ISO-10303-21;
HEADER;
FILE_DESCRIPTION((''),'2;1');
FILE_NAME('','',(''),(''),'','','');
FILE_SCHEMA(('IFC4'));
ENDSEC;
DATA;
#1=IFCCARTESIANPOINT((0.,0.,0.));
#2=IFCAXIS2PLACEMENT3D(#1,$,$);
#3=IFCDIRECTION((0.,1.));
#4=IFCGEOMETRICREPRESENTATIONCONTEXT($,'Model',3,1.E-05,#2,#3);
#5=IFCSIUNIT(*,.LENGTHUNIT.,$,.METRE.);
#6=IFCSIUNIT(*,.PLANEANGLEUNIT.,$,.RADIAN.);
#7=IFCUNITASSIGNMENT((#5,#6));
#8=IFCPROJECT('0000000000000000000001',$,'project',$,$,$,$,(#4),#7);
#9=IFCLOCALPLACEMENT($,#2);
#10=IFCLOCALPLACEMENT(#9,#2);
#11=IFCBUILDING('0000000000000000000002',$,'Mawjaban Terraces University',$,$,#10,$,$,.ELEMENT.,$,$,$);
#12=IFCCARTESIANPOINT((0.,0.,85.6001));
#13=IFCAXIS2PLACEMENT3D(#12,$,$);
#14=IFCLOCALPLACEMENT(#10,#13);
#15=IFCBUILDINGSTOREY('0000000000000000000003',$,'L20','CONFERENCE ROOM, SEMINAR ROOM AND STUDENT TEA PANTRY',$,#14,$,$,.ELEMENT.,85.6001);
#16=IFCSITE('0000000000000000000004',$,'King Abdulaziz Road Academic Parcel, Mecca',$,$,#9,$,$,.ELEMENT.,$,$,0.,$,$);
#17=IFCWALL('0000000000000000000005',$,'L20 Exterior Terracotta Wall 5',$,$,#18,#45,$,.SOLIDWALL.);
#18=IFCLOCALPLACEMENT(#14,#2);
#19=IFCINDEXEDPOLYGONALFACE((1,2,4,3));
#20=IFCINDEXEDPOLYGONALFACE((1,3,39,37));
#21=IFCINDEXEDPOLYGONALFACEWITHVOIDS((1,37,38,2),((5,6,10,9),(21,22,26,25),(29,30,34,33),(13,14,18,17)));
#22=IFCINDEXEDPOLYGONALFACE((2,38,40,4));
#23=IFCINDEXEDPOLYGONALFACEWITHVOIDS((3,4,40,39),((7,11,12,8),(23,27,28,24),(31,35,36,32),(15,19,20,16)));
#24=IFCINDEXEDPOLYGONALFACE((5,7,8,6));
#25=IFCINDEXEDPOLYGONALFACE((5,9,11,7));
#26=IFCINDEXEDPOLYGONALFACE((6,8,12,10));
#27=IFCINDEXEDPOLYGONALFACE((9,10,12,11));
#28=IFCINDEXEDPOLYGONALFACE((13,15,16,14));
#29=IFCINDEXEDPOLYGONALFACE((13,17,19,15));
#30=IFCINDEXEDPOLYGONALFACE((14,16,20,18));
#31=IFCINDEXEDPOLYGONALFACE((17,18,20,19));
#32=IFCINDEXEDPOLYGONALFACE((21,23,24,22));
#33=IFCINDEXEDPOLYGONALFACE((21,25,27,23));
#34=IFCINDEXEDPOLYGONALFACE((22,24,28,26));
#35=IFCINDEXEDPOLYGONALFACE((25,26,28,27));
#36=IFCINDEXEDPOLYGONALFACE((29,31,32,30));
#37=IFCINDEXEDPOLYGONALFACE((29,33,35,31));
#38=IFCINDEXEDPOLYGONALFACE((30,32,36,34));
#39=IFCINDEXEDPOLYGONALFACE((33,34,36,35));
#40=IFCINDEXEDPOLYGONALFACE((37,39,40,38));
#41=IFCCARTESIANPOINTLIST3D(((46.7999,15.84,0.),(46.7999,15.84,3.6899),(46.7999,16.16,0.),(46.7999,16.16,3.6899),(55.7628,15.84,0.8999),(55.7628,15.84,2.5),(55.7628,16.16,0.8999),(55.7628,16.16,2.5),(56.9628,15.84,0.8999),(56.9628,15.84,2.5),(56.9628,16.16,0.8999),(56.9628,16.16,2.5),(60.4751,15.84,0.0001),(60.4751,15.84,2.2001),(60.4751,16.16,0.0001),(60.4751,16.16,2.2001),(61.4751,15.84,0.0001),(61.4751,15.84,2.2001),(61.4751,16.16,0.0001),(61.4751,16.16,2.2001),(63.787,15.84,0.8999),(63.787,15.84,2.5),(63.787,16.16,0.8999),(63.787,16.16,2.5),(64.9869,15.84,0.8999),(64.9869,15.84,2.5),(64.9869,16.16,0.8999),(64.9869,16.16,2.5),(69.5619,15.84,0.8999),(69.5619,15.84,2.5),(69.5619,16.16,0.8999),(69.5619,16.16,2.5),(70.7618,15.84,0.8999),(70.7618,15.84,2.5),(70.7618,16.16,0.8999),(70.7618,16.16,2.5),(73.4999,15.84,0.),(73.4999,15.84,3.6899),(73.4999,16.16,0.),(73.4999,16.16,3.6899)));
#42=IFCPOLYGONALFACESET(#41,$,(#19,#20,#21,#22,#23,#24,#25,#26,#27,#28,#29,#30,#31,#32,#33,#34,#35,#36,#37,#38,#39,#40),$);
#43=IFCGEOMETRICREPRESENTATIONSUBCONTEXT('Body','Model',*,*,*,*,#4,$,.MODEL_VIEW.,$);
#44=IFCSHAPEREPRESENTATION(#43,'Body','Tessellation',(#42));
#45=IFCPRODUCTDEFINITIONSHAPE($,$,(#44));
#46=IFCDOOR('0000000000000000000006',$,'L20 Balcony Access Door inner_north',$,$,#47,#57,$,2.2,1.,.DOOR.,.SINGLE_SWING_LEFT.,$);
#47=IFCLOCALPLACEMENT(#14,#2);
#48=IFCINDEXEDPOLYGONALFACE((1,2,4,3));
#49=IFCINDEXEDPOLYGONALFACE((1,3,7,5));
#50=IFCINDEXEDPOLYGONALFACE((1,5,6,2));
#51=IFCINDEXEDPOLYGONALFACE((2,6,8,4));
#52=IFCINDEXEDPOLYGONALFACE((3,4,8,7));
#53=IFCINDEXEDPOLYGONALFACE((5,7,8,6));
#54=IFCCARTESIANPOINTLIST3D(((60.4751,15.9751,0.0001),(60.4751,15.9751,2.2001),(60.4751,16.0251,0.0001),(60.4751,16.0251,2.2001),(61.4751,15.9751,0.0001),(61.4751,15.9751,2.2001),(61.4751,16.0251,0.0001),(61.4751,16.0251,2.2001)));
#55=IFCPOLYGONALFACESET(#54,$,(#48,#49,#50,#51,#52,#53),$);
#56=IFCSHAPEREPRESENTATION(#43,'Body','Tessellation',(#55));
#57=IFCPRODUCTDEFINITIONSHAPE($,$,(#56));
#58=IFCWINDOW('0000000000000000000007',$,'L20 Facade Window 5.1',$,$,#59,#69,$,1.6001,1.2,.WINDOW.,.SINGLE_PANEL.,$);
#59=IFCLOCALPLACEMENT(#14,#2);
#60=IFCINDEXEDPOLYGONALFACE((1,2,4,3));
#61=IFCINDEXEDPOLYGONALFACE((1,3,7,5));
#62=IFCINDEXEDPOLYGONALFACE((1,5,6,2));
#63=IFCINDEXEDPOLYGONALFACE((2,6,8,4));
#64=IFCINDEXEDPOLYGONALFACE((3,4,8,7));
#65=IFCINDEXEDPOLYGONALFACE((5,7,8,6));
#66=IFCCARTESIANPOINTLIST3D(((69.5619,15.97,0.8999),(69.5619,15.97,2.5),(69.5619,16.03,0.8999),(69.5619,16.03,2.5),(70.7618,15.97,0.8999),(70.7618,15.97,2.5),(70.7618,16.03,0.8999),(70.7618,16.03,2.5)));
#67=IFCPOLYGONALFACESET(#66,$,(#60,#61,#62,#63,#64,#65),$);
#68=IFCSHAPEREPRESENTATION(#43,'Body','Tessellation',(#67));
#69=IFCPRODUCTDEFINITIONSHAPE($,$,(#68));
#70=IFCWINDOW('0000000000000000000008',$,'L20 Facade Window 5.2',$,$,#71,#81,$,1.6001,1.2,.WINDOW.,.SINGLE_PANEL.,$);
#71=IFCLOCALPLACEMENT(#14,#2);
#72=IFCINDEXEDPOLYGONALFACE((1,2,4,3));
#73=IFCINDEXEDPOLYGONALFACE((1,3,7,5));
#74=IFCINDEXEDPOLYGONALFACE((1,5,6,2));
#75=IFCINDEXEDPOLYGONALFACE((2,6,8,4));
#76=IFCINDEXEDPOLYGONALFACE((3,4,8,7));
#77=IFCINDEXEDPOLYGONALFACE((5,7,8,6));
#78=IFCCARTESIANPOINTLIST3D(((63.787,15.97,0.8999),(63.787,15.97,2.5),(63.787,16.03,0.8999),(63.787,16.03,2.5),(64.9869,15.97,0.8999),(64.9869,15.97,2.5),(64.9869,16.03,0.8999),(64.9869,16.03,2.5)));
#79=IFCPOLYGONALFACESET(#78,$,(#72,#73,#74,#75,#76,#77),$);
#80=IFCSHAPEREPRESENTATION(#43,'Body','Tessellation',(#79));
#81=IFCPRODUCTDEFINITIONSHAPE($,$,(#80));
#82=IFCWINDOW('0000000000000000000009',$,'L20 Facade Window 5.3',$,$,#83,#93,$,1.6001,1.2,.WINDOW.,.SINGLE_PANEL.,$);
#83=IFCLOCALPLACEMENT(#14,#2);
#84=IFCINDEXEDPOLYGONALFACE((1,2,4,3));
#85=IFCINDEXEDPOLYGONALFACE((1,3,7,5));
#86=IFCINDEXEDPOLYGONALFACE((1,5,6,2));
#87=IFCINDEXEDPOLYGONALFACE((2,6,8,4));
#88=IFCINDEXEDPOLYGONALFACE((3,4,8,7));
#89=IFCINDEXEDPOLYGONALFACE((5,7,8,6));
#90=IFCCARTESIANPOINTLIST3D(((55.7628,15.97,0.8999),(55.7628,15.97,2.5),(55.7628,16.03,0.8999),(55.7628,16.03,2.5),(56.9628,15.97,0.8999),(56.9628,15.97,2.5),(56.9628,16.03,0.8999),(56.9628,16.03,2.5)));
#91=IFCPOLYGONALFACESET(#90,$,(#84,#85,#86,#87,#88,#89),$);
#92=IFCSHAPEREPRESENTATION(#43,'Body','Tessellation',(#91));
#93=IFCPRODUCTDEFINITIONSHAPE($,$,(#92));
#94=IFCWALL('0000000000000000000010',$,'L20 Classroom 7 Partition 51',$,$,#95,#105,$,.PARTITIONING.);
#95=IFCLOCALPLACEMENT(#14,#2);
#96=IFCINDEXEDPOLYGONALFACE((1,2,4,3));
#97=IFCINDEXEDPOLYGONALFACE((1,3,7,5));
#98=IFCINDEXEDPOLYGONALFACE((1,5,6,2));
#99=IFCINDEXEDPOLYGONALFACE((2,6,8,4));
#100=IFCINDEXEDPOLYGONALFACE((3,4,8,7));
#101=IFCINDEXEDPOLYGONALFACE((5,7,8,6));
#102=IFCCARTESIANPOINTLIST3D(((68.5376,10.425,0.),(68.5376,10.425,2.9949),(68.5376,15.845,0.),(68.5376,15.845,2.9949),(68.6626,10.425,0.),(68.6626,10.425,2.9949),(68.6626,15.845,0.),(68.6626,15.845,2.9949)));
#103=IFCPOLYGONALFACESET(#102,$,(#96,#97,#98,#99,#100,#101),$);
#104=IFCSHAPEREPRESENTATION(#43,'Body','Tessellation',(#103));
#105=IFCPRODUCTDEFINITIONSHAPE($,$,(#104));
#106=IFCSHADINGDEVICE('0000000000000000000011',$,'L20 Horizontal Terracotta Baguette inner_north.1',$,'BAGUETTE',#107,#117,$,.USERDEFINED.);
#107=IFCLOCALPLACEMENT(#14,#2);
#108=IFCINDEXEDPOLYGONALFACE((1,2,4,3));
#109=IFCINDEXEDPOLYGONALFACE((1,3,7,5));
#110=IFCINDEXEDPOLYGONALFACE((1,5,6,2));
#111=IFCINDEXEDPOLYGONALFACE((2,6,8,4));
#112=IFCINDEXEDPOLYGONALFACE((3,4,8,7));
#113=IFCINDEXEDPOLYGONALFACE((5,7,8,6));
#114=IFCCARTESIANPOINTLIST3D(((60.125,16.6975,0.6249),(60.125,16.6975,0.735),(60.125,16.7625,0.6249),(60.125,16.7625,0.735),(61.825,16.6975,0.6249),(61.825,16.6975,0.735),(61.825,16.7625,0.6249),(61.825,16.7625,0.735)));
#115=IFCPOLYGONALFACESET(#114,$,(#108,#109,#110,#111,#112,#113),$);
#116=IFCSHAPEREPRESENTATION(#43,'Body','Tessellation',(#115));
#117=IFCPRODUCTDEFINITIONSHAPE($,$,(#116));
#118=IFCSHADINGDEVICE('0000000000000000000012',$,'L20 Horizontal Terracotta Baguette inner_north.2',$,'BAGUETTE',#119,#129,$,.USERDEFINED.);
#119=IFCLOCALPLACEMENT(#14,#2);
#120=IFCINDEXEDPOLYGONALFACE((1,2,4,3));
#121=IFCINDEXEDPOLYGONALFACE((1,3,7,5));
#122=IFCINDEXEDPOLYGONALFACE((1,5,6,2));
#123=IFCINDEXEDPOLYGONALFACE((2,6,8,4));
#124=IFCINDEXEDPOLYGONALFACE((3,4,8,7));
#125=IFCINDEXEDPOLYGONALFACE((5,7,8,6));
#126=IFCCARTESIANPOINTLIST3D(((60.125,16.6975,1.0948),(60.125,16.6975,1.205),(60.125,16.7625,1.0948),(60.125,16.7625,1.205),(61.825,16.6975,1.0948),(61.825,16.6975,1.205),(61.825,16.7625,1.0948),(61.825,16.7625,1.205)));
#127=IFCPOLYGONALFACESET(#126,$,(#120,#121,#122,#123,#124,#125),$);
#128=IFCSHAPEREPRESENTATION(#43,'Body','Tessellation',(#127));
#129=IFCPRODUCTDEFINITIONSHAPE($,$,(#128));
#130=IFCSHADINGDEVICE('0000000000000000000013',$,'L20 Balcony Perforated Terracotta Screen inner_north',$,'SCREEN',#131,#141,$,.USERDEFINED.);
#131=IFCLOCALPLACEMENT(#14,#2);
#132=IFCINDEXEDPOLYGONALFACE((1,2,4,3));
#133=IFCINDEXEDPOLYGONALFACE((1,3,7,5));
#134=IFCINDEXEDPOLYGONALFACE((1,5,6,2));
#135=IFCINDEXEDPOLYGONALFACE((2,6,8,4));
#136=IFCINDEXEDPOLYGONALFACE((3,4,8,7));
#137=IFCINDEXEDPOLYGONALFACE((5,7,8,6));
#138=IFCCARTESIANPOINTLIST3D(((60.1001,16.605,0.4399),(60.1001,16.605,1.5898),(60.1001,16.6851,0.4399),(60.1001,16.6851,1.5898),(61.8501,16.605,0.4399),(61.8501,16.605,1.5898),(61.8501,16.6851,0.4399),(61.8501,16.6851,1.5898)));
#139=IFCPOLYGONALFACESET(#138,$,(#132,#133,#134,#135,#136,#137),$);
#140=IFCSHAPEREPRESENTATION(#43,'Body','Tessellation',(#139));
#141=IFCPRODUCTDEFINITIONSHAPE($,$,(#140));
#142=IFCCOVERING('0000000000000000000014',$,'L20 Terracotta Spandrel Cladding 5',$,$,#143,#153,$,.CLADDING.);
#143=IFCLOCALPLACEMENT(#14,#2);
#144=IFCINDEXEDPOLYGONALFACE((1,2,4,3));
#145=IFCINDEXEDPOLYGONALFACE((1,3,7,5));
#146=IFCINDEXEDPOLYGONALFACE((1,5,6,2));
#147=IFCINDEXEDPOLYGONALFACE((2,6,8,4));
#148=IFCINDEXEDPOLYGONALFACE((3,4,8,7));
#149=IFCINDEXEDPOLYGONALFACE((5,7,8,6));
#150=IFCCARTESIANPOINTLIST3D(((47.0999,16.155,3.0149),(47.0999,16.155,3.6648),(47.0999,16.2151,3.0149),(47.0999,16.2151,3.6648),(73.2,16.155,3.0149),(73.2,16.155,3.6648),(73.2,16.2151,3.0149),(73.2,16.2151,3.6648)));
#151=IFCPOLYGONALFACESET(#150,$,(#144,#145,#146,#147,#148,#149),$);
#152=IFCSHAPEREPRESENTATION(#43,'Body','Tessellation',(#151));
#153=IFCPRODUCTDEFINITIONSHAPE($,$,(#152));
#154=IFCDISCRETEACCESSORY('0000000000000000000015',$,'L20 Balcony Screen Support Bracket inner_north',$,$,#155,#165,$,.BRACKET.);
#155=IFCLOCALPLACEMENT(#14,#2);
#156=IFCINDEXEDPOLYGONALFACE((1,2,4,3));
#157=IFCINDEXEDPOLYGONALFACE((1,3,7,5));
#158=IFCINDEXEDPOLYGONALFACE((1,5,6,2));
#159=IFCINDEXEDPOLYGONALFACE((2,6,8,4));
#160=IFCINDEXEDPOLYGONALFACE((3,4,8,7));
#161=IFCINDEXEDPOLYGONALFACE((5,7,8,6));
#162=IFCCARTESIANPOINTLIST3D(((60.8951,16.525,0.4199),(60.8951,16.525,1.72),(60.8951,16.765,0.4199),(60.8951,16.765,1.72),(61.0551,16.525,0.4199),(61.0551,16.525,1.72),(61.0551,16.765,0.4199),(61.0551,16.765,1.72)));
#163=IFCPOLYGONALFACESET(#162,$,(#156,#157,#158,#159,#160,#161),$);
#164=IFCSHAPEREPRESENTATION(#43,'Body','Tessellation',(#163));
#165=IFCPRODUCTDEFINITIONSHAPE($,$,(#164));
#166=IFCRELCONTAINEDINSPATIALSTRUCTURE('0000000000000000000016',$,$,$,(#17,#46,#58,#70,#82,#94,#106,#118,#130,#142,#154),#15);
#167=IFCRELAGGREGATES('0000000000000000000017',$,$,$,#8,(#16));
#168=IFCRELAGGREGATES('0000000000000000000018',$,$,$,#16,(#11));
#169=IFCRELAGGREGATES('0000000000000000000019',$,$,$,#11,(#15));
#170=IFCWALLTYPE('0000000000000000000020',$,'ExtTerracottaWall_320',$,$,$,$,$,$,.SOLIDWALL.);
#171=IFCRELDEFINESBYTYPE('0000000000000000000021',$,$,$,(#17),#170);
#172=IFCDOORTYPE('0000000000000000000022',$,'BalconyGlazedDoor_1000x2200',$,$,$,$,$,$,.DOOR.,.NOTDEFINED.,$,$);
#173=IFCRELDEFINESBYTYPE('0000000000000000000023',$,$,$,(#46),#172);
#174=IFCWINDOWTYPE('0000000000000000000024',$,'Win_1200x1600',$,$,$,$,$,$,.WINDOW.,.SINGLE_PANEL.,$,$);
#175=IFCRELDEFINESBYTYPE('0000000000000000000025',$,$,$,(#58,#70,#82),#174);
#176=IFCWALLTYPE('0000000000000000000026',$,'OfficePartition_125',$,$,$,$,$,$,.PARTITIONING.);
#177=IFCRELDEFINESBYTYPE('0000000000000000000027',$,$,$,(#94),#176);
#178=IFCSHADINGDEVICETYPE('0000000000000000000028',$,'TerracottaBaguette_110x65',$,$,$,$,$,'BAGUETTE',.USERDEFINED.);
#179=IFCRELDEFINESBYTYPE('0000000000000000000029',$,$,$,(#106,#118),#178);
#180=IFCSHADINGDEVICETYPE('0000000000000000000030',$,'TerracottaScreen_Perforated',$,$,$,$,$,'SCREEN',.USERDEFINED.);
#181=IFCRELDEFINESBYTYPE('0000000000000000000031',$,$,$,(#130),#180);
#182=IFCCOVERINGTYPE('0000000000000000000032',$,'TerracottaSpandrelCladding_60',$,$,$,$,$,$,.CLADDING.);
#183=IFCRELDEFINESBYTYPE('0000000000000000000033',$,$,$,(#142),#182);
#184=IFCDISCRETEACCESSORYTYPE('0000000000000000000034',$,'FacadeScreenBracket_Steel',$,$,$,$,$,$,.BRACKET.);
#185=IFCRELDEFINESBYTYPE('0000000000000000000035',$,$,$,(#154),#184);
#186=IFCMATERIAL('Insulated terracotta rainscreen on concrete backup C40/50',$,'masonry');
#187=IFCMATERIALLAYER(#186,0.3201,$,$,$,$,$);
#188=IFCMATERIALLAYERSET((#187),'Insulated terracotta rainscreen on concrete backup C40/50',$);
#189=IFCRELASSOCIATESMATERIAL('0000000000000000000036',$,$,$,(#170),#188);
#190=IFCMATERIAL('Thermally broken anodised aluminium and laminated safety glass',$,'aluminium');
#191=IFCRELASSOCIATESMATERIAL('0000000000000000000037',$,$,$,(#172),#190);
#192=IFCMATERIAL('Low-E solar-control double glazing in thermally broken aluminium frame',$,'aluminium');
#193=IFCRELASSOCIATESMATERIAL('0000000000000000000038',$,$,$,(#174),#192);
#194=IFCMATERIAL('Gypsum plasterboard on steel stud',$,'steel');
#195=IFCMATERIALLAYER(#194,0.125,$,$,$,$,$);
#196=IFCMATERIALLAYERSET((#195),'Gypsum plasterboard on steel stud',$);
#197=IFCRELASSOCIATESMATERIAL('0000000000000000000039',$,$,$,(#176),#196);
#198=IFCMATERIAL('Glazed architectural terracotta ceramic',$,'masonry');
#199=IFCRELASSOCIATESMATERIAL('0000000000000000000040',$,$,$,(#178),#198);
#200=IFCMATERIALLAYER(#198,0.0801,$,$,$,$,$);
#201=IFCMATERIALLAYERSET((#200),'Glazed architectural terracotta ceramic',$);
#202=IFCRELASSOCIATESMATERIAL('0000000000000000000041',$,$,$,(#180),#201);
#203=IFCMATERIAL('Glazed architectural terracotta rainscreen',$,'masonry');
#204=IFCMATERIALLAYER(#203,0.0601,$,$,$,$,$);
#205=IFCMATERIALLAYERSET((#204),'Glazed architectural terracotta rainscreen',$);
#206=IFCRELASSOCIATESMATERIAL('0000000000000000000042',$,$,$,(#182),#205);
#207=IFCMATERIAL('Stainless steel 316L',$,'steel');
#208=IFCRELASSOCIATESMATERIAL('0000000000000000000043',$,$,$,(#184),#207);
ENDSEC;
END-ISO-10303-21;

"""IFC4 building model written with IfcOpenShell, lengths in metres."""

from ifc_helpers import new_model, si_unit, direction, frame, frame_2d, origin, origin_2d, place, context, subcontext, project, spatial, rectangle, extrude, material, layer, layer_set, material_profile, profile_set, type_object, element, fill, save


model = new_model("IFC4")

# Units and contexts
model_context = context("Model", 3, precision=1e-05, world=origin(), true_north=direction((0.0, 1.0)))
body_context = subcontext(model_context, "Body", "Model", "MODEL_VIEW")
ifc_project = project(units=[si_unit("LENGTHUNIT", "METRE"), si_unit("PLANEANGLEUNIT", "RADIAN")], contexts=[model_context])

# Site, building, storey
site_placement = place(None, origin())
site = spatial("IfcSite", under=ifc_project, at=site_placement, Name="King Abdulaziz Road Academic Parcel, Mecca", CompositionType="ELEMENT", RefElevation=0.0)
building_placement = place(site_placement, origin())
building = spatial("IfcBuilding", under=site, at=building_placement, Name="Mawjaban Terraces University", CompositionType="ELEMENT")
storey_placement = place(building_placement, frame((0.0, 0.0, 85.6001)))
storey = spatial("IfcBuildingStorey", under=building, at=storey_placement, Name="L20", Description="CONFERENCE ROOM, SEMINAR ROOM AND STUDENT TEA PANTRY", CompositionType="ELEMENT", Elevation=85.6001)

# Shared definitions
ifc_material_1 = material(Name="Insulated terracotta rainscreen on concrete backup C40/50", Category="masonry")
ifc_layer_1 = layer(ifc_material_1, 0.3201)
ifc_layer_set_1 = layer_set([ifc_layer_1], Name="Insulated terracotta rainscreen on concrete backup C40/50")
wall_type_1 = type_object("IfcWallType", Name="ExtTerracottaWall_320", PredefinedType="SOLIDWALL", material=ifc_layer_set_1)

# Wall, openings, door, windows
wall_1_placement = place(storey_placement, frame((73.5, 16.0, 0.0), z_axis=(0.0, 0.0, 1.0), x_axis=(-1.0, 0.0, 0.0)))
wall_1 = element("IfcWall", 1, at=wall_1_placement, inside=storey, type_object=wall_type_1, Name="L20 Exterior Terracotta Wall 5", PredefinedType="SOLIDWALL", context=body_context, shape_type="SweptSolid", body=[
    extrude(rectangle(XDim=26.7, YDim=0.3201, at=frame_2d((13.3501, 0.0))), origin(), (0.0, 0.0, 1.0), 3.6899),
])
opening_1_placement = place(wall_1_placement, frame((12.0249, 0.0, 0.0)))
opening_1 = element("IfcOpeningElement", 2, at=opening_1_placement, cuts=wall_1, PredefinedType="OPENING", context=body_context, shape_type="SweptSolid", body=[
    extrude(rectangle(XDim=1.0, YDim=2.2, at=frame_2d((0.5, 1.1001))), frame((0.0, 0.1699, 0.0), z_axis=(0.0, -1.0, 0.0), x_axis=(1.0, 0.0, 0.0)), (0.0, 0.0, 1.0), 0.3401),
])
opening_2_placement = place(wall_1_placement, frame((2.738, 0.0, 0.8999)))
opening_2 = element("IfcOpeningElement", 3, at=opening_2_placement, cuts=wall_1, PredefinedType="OPENING", context=body_context, shape_type="SweptSolid", body=[
    extrude(rectangle(XDim=1.2, YDim=1.6001, at=frame_2d((0.6001, 0.8))), frame((0.0, 0.1699, 0.0), z_axis=(0.0, -1.0, 0.0), x_axis=(1.0, 0.0, 0.0)), (0.0, 0.0, 1.0), 0.3401),
])
opening_3_placement = place(wall_1_placement, frame((8.5129, 0.0, 0.8999)))
opening_3 = element("IfcOpeningElement", 4, at=opening_3_placement, cuts=wall_1, PredefinedType="OPENING", context=body_context, shape_type="SweptSolid", body=[
    extrude(rectangle(XDim=1.2, YDim=1.6001, at=frame_2d((0.6001, 0.8))), frame((0.0, 0.1699, 0.0), z_axis=(0.0, -1.0, 0.0), x_axis=(1.0, 0.0, 0.0)), (0.0, 0.0, 1.0), 0.3401),
])
opening_4_placement = place(wall_1_placement, frame((16.5371, 0.0, 0.8999)))
opening_4 = element("IfcOpeningElement", 5, at=opening_4_placement, cuts=wall_1, PredefinedType="OPENING", context=body_context, shape_type="SweptSolid", body=[
    extrude(rectangle(XDim=1.2, YDim=1.6001, at=frame_2d((0.6001, 0.8))), frame((0.0, 0.1699, 0.0), z_axis=(0.0, -1.0, 0.0), x_axis=(1.0, 0.0, 0.0)), (0.0, 0.0, 1.0), 0.3401),
])
ifc_material_2 = material(Name="Thermally broken anodised aluminium and laminated safety glass", Category="aluminium")
door_type = type_object("IfcDoorType", Name="BalconyGlazedDoor_1000x2200", OperationType="NOTDEFINED", PredefinedType="DOOR", material=ifc_material_2)
door_placement = place(opening_1_placement, origin())
door = element("IfcDoor", 6, at=door_placement, inside=storey, type_object=door_type, Name="L20 Balcony Access Door inner_north", OperationType="SINGLE_SWING_LEFT", OverallHeight=2.2, OverallWidth=1.0, PredefinedType="DOOR", context=body_context, shape_type="SweptSolid", body=[
    extrude(rectangle(XDim=1.0, YDim=2.2, at=frame_2d((0.5, 1.1001))), frame((0.0, 0.0249, 0.0), z_axis=(0.0, -1.0, 0.0), x_axis=(1.0, 0.0, 0.0)), (0.0, 0.0, 1.0), 0.05),
])
fill(opening_1, door)
ifc_material_3 = material(Name="Low-E solar-control double glazing in thermally broken aluminium frame", Category="aluminium")
window_type = type_object("IfcWindowType", Name="Win_1200x1600", PartitioningType="SINGLE_PANEL", PredefinedType="WINDOW", material=ifc_material_3)
window_1_placement = place(opening_2_placement, origin())
window_1 = element("IfcWindow", 7, at=window_1_placement, inside=storey, type_object=window_type, Name="L20 Facade Window 5.1", OverallHeight=1.6001, OverallWidth=1.2, PartitioningType="SINGLE_PANEL", PredefinedType="WINDOW", context=body_context, shape_type="SweptSolid", body=[
    extrude(rectangle(XDim=1.2, YDim=1.6001, at=frame_2d((0.6001, 0.8))), frame((0.0, 0.03, 0.0), z_axis=(0.0, -1.0, 0.0), x_axis=(1.0, 0.0, 0.0)), (0.0, 0.0, 1.0), 0.0601),
])
fill(opening_2, window_1)
window_2_placement = place(opening_3_placement, origin())
window_2 = element("IfcWindow", 8, at=window_2_placement, inside=storey, type_object=window_type, Name="L20 Facade Window 5.2", OverallHeight=1.6001, OverallWidth=1.2, PartitioningType="SINGLE_PANEL", PredefinedType="WINDOW", context=body_context, shape_type="SweptSolid", body=[
    extrude(rectangle(XDim=1.2, YDim=1.6001, at=frame_2d((0.6001, 0.8))), frame((0.0, 0.03, 0.0), z_axis=(0.0, -1.0, 0.0), x_axis=(1.0, 0.0, 0.0)), (0.0, 0.0, 1.0), 0.0601),
])
fill(opening_3, window_2)
window_3_placement = place(opening_4_placement, origin())
window_3 = element("IfcWindow", 9, at=window_3_placement, inside=storey, type_object=window_type, Name="L20 Facade Window 5.3", OverallHeight=1.6001, OverallWidth=1.2, PartitioningType="SINGLE_PANEL", PredefinedType="WINDOW", context=body_context, shape_type="SweptSolid", body=[
    extrude(rectangle(XDim=1.2, YDim=1.6001, at=frame_2d((0.6001, 0.8))), frame((0.0, 0.03, 0.0), z_axis=(0.0, -1.0, 0.0), x_axis=(1.0, 0.0, 0.0)), (0.0, 0.0, 1.0), 0.0601),
])
fill(opening_4, window_3)

# Wall
ifc_material_4 = material(Name="Gypsum plasterboard on steel stud", Category="steel")
ifc_layer_2 = layer(ifc_material_4, 0.125)
ifc_layer_set_2 = layer_set([ifc_layer_2], Name="Gypsum plasterboard on steel stud")
wall_type_2 = type_object("IfcWallType", Name="OfficePartition_125", PredefinedType="PARTITIONING", material=ifc_layer_set_2)
wall_2_placement = place(storey_placement, frame((68.6001, 10.425, 0.0), z_axis=(0.0, 0.0, 1.0), x_axis=(0.0, 1.0, 0.0)))
element("IfcWall", 10, at=wall_2_placement, inside=storey, type_object=wall_type_2, Name="L20 Classroom 7 Partition 51", PredefinedType="PARTITIONING", context=body_context, shape_type="SweptSolid", body=[
    extrude(rectangle(XDim=5.4199, YDim=0.125, at=frame_2d((2.71, 0.0))), origin(), (0.0, 0.0, 1.0), 2.9949),
])

# Shading devices
ifc_material_5 = material(Name="Glazed architectural terracotta ceramic", Category="masonry")
ifc_material_profile_1 = material_profile(ifc_material_5, rectangle(XDim=0.0649, YDim=0.1101, at=origin_2d()), Name="TBAG110X65")
ifc_profile_set_1 = profile_set([ifc_material_profile_1], Name="Glazed architectural terracotta ceramic")
shading_device_type_1 = type_object("IfcShadingDeviceType", Name="TerracottaBaguette_110x65", ElementType="BAGUETTE", PredefinedType="USERDEFINED", material=ifc_profile_set_1)
for number, where, z_axis, x_axis, name in (
    (11, (60.125, 16.73, 0.6799), (1.0, 0.0, 0.0), (0.0, 1.0, 0.0), "L20 Horizontal Terracotta Baguette inner_north.1"),
    (12, (60.125, 16.73, 1.1499), (1.0, 0.0, 0.0), (0.0, 1.0, 0.0), "L20 Horizontal Terracotta Baguette inner_north.2"),
):
    element("IfcShadingDevice", number, at=place(storey_placement, frame(where, z_axis=z_axis, x_axis=x_axis)), inside=storey, type_object=shading_device_type_1, Name=name, ObjectType="BAGUETTE", PredefinedType="USERDEFINED", context=body_context, shape_type="SweptSolid", body=[
        extrude(rectangle(XDim=0.0649, YDim=0.1101, at=origin_2d()), origin(), (0.0, 0.0, 1.0), 1.7),
    ])
ifc_layer_3 = layer(ifc_material_5, 0.0801)
ifc_layer_set_3 = layer_set([ifc_layer_3], Name="Glazed architectural terracotta ceramic")
shading_device_type_2 = type_object("IfcShadingDeviceType", Name="TerracottaScreen_Perforated", ElementType="SCREEN", PredefinedType="USERDEFINED", material=ifc_layer_set_3)
shading_device_placement = place(storey_placement, frame((60.9751, 16.645, 0.4399), z_axis=(0.0, 0.0, 1.0), x_axis=(1.0, 0.0, 0.0)))
element("IfcShadingDevice", 13, at=shading_device_placement, inside=storey, type_object=shading_device_type_2, Name="L20 Balcony Perforated Terracotta Screen inner_north", ObjectType="SCREEN", PredefinedType="USERDEFINED", context=body_context, shape_type="SweptSolid", body=[
    extrude(rectangle(XDim=1.75, YDim=0.0801, at=origin_2d()), origin(), (0.0, 0.0, 1.0), 1.1499),
])

# Covering
ifc_material_6 = material(Name="Glazed architectural terracotta rainscreen", Category="masonry")
ifc_layer_4 = layer(ifc_material_6, 0.0601)
ifc_layer_set_4 = layer_set([ifc_layer_4], Name="Glazed architectural terracotta rainscreen")
covering_type = type_object("IfcCoveringType", Name="TerracottaSpandrelCladding_60", PredefinedType="CLADDING", material=ifc_layer_set_4)
covering_placement = place(storey_placement, frame((60.1499, 16.1851, 3.0149), z_axis=(0.0, 0.0, 1.0), x_axis=(-1.0, 0.0, 0.0)))
element("IfcCovering", 14, at=covering_placement, inside=storey, type_object=covering_type, Name="L20 Terracotta Spandrel Cladding 5", PredefinedType="CLADDING", context=body_context, shape_type="SweptSolid", body=[
    extrude(rectangle(XDim=26.1001, YDim=0.0601, at=origin_2d()), origin(), (0.0, 0.0, 1.0), 0.6499),
])

# Discrete accessory
ifc_material_7 = material(Name="Stainless steel 316L", Category="steel")
discrete_accessory_type_1 = type_object("IfcDiscreteAccessoryType", Name="FacadeScreenBracket_Steel", PredefinedType="BRACKET", material=ifc_material_7)
discrete_accessory_1_placement = place(storey_placement, frame((60.9751, 16.645, 0.4199), z_axis=(0.0, 0.0, 1.0), x_axis=(1.0, 0.0, 0.0)))
element("IfcDiscreteAccessory", 15, at=discrete_accessory_1_placement, inside=storey, type_object=discrete_accessory_type_1, Name="L20 Balcony Screen Support Bracket inner_north", PredefinedType="BRACKET", context=body_context, shape_type="SweptSolid", body=[
    extrude(rectangle(XDim=0.1599, YDim=0.24, at=origin_2d()), origin(), (0.0, 0.0, 1.0), 1.3),
])

save(model, "model.ifc")
